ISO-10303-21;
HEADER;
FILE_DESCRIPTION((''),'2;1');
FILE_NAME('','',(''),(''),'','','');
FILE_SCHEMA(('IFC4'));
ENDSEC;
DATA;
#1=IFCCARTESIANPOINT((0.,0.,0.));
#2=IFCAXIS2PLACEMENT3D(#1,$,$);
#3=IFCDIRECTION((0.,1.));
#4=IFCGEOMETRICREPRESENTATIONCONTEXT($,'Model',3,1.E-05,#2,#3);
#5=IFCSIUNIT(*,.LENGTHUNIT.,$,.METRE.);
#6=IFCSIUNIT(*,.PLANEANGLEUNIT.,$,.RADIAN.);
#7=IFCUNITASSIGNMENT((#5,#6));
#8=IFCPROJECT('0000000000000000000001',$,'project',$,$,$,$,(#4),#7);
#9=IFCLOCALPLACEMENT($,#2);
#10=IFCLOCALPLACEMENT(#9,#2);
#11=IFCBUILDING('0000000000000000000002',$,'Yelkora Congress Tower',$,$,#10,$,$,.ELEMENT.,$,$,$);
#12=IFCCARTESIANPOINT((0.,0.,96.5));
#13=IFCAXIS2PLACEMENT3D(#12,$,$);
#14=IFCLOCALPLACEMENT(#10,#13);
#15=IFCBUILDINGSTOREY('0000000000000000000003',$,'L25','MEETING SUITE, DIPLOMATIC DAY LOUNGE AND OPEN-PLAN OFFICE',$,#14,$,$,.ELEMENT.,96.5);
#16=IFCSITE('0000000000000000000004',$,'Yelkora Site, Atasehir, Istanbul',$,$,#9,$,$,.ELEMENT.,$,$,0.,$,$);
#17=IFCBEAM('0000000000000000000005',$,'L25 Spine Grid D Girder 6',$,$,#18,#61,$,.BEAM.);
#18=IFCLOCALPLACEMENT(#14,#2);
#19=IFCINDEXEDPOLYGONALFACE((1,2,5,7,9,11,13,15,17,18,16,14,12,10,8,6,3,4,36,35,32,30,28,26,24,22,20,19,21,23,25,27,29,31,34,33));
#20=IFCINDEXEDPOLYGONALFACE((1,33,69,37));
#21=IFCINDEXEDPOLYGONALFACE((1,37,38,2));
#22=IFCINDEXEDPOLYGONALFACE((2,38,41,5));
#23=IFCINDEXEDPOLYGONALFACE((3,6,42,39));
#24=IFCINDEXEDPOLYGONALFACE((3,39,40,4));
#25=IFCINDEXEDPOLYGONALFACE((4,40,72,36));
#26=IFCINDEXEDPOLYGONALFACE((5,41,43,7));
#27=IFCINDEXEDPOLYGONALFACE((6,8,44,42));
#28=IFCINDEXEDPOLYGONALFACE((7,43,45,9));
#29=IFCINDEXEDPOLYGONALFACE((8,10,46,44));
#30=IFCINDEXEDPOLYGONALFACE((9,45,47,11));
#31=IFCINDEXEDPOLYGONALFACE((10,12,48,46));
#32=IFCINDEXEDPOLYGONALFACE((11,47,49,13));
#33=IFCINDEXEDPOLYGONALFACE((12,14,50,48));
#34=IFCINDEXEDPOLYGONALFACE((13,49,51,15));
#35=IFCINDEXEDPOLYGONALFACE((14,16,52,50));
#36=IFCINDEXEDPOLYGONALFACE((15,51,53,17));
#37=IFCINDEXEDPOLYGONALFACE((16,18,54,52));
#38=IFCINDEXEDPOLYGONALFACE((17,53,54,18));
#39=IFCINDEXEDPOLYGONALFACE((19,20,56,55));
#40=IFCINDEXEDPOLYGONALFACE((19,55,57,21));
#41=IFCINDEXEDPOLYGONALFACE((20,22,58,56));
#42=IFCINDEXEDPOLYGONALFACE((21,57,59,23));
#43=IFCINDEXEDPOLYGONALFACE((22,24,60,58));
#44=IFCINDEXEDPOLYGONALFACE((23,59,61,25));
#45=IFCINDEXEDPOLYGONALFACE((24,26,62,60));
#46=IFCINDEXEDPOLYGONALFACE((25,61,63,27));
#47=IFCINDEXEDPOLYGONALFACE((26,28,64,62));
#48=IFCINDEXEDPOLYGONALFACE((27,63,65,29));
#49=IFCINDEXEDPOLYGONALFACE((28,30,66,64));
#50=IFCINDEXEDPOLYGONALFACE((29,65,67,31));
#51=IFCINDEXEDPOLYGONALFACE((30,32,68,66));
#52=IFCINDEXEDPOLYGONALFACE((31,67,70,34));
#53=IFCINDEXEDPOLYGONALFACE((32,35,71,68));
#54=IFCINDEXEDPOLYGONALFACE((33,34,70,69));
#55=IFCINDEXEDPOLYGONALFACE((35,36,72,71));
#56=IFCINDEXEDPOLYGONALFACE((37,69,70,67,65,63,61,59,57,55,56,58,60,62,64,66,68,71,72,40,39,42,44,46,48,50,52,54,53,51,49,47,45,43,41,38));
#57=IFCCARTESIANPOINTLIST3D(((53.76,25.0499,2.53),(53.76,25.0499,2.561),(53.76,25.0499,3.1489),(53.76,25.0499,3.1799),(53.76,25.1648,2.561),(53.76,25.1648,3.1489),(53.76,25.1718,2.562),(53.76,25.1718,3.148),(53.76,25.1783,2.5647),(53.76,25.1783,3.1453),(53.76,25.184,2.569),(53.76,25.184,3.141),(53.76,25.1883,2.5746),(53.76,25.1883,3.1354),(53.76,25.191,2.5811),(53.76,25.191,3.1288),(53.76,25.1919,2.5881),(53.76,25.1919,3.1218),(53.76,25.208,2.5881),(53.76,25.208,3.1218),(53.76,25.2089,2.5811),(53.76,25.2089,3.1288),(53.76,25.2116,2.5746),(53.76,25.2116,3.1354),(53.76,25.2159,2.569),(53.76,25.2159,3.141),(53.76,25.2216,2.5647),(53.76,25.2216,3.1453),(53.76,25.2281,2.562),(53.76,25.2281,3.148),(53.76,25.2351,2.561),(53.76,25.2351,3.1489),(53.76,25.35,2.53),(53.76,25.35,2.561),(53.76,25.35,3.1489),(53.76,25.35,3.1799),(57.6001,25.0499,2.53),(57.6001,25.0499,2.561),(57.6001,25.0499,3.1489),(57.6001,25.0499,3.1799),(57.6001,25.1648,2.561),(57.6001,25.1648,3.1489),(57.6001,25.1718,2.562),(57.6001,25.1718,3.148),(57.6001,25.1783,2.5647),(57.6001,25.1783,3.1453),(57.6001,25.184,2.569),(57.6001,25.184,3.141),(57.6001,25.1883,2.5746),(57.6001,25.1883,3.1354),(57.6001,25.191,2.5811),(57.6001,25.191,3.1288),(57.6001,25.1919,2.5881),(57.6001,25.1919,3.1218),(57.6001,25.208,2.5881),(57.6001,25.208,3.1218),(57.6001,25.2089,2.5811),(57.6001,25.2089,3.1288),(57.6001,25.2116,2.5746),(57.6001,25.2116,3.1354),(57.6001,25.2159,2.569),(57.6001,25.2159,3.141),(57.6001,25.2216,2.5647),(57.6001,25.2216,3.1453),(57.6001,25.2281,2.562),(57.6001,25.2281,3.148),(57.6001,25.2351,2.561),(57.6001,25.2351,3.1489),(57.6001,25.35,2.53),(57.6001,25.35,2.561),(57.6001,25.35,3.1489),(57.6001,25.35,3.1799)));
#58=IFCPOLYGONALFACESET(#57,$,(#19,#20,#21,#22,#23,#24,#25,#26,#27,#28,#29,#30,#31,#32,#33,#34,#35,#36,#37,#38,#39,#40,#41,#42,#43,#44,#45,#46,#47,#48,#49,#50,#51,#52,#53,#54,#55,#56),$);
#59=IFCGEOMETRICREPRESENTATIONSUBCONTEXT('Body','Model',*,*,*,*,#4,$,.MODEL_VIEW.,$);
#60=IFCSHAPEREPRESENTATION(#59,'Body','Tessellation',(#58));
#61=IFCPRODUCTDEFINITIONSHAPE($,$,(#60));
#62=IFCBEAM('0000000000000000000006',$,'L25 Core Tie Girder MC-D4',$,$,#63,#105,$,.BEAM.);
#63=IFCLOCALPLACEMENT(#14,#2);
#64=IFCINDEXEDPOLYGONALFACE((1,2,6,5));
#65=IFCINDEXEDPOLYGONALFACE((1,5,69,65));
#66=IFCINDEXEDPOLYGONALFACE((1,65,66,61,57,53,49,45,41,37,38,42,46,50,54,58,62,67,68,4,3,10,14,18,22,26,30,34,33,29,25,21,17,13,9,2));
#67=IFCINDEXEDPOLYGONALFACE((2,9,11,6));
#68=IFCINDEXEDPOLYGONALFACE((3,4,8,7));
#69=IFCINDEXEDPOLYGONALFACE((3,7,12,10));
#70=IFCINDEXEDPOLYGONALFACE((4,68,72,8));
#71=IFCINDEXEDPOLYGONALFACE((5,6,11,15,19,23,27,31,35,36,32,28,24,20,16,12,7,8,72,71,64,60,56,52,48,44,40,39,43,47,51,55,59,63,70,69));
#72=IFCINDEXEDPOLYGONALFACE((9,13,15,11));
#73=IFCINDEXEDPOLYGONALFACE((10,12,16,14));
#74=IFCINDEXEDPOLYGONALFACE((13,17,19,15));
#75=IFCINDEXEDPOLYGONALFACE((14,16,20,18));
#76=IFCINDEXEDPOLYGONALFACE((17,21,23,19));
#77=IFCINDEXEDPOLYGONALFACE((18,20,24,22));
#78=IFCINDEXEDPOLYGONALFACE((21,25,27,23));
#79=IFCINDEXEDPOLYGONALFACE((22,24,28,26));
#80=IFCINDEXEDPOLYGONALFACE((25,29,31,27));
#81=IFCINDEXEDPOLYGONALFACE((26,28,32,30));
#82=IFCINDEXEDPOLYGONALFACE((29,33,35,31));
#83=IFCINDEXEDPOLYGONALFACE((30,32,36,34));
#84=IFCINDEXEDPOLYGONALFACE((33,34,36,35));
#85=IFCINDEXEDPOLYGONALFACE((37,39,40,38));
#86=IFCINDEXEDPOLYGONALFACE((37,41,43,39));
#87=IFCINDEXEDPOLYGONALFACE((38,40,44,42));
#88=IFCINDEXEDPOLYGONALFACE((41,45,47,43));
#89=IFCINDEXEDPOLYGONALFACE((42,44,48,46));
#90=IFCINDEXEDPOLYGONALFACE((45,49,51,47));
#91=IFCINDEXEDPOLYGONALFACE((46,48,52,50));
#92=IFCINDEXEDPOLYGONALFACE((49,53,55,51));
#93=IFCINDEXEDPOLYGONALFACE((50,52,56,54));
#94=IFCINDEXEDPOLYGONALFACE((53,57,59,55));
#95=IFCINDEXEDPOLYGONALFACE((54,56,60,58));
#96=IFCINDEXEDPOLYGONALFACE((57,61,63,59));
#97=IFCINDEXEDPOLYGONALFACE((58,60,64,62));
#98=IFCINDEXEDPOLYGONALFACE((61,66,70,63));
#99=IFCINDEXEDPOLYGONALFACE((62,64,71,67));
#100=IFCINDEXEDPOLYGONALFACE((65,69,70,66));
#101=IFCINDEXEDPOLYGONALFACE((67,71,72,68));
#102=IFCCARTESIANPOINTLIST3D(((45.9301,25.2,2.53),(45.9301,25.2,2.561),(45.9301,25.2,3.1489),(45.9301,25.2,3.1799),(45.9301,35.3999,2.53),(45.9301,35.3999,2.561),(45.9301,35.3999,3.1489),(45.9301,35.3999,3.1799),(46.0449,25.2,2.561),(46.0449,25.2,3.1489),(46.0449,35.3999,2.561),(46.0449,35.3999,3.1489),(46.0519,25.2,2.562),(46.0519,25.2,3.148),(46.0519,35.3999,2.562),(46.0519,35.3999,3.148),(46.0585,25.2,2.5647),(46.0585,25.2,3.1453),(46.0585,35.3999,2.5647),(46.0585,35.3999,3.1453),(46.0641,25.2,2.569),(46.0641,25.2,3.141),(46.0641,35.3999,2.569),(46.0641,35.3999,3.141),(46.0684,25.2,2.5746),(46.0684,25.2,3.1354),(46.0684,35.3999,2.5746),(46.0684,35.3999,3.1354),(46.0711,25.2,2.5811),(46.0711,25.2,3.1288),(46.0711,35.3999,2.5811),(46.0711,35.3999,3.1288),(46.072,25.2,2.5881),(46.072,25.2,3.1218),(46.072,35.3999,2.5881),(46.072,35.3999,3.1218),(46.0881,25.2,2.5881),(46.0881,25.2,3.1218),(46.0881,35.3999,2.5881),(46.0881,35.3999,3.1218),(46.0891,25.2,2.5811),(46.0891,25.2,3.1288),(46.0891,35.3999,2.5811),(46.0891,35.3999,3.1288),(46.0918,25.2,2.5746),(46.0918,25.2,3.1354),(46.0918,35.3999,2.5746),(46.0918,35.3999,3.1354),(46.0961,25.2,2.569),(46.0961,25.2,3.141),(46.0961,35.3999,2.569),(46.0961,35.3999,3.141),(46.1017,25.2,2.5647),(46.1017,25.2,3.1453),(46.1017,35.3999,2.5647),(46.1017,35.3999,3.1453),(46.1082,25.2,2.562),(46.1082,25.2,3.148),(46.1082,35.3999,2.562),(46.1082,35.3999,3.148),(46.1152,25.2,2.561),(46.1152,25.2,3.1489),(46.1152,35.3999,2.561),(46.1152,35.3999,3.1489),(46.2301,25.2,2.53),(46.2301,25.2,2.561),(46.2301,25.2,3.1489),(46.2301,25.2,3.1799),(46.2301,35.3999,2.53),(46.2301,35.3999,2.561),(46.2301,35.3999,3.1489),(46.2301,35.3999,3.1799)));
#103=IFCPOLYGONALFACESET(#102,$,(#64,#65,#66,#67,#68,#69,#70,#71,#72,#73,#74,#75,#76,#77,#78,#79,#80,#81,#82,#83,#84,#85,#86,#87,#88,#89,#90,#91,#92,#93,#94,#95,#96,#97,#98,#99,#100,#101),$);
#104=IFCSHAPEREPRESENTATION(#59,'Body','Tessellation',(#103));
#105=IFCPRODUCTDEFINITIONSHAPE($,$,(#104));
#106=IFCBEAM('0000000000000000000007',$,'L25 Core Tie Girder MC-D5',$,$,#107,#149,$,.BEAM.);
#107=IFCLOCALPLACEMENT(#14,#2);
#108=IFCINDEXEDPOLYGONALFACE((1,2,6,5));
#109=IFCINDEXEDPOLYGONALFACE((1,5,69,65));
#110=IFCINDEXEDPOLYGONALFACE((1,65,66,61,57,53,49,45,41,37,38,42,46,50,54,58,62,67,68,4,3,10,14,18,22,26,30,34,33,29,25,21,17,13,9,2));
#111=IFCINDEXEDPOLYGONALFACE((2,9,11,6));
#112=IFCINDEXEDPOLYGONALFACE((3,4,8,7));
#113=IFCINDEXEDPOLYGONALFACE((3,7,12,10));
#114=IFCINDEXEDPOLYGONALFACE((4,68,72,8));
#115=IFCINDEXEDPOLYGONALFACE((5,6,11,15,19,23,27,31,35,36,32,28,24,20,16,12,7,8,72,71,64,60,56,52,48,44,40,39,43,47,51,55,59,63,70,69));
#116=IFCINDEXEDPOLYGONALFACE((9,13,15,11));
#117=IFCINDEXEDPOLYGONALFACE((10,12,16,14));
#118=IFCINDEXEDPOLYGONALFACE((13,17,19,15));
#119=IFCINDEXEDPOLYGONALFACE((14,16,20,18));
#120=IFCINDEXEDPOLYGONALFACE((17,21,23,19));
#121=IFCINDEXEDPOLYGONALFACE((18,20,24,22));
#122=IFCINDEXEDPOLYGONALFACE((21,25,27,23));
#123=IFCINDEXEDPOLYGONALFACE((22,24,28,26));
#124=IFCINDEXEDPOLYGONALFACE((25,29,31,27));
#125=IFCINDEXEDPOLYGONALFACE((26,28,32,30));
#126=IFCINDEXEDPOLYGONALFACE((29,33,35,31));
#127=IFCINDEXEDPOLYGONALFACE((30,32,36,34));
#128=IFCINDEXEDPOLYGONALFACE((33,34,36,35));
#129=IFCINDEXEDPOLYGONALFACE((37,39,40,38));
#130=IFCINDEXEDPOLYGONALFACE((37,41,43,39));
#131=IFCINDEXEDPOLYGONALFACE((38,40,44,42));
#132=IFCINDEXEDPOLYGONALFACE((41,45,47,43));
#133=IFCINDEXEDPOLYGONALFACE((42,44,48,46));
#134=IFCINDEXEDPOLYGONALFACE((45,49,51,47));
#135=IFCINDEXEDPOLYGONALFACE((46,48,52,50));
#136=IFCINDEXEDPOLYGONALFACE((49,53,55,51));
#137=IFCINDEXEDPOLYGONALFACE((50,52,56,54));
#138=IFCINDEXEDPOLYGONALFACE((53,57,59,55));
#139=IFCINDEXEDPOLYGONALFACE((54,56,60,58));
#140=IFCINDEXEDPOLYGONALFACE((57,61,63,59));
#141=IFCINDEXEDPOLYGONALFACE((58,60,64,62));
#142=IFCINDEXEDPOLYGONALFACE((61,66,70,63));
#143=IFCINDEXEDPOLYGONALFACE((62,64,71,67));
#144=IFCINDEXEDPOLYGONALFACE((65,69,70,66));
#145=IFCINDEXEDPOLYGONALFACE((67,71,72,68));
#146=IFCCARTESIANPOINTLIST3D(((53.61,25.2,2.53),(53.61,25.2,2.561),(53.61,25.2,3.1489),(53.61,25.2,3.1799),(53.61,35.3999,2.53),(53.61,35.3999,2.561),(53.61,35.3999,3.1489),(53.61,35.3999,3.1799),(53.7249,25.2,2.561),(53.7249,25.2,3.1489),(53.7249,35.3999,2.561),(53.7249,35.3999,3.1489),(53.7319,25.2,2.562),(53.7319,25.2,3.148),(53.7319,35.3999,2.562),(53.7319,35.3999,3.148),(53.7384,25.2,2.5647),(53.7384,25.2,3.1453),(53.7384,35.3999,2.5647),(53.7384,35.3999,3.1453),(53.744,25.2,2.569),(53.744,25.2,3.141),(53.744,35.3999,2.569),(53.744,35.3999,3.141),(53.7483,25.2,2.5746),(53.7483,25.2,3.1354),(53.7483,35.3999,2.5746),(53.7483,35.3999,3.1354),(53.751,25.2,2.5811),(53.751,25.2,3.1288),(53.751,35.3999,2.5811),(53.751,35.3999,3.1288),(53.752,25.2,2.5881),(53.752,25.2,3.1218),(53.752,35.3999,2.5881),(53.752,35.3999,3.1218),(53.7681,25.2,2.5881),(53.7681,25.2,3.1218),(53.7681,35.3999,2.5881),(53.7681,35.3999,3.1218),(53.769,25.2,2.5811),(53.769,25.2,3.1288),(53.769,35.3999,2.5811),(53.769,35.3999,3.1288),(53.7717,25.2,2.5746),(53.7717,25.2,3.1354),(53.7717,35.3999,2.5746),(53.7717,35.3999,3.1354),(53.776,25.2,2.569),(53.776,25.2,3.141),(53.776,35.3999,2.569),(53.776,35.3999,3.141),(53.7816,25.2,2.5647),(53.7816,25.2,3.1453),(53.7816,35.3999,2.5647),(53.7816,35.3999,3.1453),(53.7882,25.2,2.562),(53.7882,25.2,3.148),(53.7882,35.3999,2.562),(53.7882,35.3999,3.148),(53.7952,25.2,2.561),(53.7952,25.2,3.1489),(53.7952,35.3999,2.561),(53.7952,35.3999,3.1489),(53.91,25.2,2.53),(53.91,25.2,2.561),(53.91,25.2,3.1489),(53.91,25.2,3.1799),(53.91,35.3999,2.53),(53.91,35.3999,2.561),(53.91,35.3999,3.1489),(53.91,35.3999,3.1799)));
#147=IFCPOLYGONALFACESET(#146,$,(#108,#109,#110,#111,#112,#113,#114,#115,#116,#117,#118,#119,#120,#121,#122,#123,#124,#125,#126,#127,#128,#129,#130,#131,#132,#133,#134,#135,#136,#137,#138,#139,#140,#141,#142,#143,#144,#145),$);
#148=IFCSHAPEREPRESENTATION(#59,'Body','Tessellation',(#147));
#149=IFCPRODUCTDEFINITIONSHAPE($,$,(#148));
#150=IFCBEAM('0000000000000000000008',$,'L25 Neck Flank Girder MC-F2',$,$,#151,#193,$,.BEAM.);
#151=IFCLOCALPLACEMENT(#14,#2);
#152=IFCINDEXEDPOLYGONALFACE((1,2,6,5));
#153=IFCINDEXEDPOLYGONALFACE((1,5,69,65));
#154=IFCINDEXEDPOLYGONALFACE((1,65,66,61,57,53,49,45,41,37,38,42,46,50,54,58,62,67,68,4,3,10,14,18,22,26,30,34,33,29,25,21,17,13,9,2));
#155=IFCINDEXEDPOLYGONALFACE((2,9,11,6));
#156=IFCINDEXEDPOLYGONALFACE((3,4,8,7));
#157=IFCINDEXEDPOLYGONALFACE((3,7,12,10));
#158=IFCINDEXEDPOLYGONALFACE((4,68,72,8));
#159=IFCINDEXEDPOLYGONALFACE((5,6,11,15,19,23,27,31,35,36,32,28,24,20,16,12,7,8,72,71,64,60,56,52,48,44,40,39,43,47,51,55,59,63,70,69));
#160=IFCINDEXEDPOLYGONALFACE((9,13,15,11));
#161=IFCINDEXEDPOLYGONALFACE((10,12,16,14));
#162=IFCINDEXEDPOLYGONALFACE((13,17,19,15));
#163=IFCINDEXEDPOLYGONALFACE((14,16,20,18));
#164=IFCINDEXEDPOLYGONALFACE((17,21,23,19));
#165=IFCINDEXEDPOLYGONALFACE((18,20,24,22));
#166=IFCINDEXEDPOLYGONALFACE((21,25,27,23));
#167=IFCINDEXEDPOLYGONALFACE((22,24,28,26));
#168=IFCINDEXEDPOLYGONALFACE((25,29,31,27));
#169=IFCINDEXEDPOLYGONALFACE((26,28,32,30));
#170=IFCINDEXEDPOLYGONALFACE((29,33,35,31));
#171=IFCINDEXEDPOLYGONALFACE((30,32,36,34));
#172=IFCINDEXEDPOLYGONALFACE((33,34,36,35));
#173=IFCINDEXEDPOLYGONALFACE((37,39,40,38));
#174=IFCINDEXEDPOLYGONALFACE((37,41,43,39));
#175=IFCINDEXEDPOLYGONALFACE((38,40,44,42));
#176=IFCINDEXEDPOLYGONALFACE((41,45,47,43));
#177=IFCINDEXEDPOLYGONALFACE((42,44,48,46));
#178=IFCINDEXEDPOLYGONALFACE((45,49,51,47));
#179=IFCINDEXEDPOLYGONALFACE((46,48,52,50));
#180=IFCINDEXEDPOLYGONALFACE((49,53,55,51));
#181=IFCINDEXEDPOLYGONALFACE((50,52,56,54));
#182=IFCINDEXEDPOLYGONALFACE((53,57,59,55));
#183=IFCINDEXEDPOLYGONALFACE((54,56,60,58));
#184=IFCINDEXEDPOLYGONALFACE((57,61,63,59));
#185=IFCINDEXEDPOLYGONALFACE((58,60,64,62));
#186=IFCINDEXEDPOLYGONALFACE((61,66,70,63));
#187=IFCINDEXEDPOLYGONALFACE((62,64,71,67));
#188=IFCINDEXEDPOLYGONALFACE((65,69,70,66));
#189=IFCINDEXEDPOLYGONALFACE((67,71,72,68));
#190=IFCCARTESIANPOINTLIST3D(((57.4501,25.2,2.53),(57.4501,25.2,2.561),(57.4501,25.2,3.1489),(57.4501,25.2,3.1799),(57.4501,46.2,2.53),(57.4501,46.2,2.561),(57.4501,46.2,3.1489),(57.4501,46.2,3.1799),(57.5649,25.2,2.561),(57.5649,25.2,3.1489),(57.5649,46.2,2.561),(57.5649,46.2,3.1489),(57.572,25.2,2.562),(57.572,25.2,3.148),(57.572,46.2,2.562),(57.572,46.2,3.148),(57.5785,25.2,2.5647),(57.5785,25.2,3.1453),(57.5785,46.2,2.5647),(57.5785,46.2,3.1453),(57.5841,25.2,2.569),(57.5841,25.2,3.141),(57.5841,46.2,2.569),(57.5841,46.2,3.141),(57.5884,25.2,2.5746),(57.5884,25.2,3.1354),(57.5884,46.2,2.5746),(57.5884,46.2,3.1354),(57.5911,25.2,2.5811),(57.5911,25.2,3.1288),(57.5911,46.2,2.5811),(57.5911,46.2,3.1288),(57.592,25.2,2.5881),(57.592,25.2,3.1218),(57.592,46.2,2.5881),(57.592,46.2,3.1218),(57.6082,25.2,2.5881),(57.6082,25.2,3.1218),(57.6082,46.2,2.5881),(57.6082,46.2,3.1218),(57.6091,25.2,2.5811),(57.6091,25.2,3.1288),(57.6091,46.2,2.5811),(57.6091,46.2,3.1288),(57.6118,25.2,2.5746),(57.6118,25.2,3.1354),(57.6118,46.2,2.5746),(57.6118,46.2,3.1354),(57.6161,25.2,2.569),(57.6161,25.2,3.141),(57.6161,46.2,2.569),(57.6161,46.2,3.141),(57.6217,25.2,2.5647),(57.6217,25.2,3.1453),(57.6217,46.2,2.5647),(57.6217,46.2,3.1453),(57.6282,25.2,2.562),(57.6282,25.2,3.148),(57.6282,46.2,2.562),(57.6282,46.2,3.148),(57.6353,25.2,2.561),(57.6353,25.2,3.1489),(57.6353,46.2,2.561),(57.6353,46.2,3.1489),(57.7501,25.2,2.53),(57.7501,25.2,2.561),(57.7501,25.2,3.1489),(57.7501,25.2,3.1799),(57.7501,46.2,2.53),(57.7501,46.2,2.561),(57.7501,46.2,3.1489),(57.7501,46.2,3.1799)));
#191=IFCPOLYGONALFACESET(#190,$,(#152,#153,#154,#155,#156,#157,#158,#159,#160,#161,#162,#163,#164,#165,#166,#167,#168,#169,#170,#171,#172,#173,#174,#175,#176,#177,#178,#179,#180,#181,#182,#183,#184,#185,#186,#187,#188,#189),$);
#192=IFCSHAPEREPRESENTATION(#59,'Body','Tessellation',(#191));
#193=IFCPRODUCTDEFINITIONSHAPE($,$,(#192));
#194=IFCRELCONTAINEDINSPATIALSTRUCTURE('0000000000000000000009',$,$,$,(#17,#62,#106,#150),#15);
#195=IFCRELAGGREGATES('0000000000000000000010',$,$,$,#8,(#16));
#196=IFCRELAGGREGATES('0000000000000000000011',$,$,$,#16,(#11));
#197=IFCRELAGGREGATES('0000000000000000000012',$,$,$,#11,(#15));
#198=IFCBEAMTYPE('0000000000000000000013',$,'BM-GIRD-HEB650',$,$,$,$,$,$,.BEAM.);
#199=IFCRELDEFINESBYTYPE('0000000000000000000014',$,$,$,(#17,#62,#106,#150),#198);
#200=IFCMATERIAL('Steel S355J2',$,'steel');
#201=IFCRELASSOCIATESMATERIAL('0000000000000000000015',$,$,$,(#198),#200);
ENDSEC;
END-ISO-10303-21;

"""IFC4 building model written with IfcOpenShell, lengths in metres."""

from ifc_helpers import new_model, si_unit, direction, frame, origin, origin_2d, place, context, subcontext, project, spatial, i_section, extrude, material, material_profile, profile_set, type_object, element, save


model = new_model("IFC4")

# Units and contexts
model_context = context("Model", 3, precision=1e-05, world=origin(), true_north=direction((0.0, 1.0)))
body_context = subcontext(model_context, "Body", "Model", "MODEL_VIEW")
ifc_project = project(units=[si_unit("LENGTHUNIT", "METRE"), si_unit("PLANEANGLEUNIT", "RADIAN")], contexts=[model_context])

# Site, building, storey
site_placement = place(None, origin())
site = spatial("IfcSite", under=ifc_project, at=site_placement, Name="Yelkora Site, Atasehir, Istanbul", CompositionType="ELEMENT", RefElevation=0.0)
building_placement = place(site_placement, origin())
building = spatial("IfcBuilding", under=site, at=building_placement, Name="Yelkora Congress Tower", CompositionType="ELEMENT")
storey_placement = place(building_placement, frame((0.0, 0.0, 96.5)))
storey = spatial("IfcBuildingStorey", under=building, at=storey_placement, Name="L25", Description="MEETING SUITE, DIPLOMATIC DAY LOUNGE AND OPEN-PLAN OFFICE", CompositionType="ELEMENT", Elevation=96.5)

# Beams
ifc_material_1 = material(Name="Steel S355J2", Category="steel")
ifc_material_profile_1 = material_profile(ifc_material_1, i_section(OverallWidth=0.3, OverallDepth=0.6499, WebThickness=0.0161, FlangeThickness=0.031, FilletRadius=0.0271, at=origin_2d()), Name="HEB 650")
ifc_profile_set_1 = profile_set([ifc_material_profile_1], Name="Steel S355J2")
beam_type_1 = type_object("IfcBeamType", Name="BM-GIRD-HEB650", PredefinedType="BEAM", material=ifc_profile_set_1)
beam_1_placement = place(storey_placement, frame((53.76, 25.2, 2.855), z_axis=(1.0, 0.0, 0.0), x_axis=(0.0, 1.0, 0.0)))
element("IfcBeam", 1, at=beam_1_placement, inside=storey, type_object=beam_type_1, Name="L25 Spine Grid D Girder 6", PredefinedType="BEAM", context=body_context, shape_type="SweptSolid", body=[
    extrude(i_section(OverallWidth=0.3, OverallDepth=0.6499, WebThickness=0.0161, FlangeThickness=0.031, FilletRadius=0.0271, at=origin_2d()), origin(), (0.0, 0.0, 1.0), 3.8401),
])
for number, where, z_axis, x_axis, name in (
    (2, (46.0801, 25.2, 2.855), (0.0, 1.0, 0.0), (-1.0, 0.0, 0.0), "L25 Core Tie Girder MC-D4"),
    (3, (53.76, 25.2, 2.855), (0.0, 1.0, 0.0), (-1.0, 0.0, 0.0), "L25 Core Tie Girder MC-D5"),
):
    element("IfcBeam", number, at=place(storey_placement, frame(where, z_axis=z_axis, x_axis=x_axis)), inside=storey, type_object=beam_type_1, Name=name, PredefinedType="BEAM", context=body_context, shape_type="SweptSolid", body=[
        extrude(i_section(OverallWidth=0.3, OverallDepth=0.6499, WebThickness=0.0161, FlangeThickness=0.031, FilletRadius=0.0271, at=origin_2d()), origin(), (0.0, 0.0, 1.0), 10.2),
    ])
beam_2_placement = place(storey_placement, frame((57.6001, 25.2, 2.855), z_axis=(0.0, 1.0, 0.0), x_axis=(-1.0, 0.0, 0.0)))
element("IfcBeam", 4, at=beam_2_placement, inside=storey, type_object=beam_type_1, Name="L25 Neck Flank Girder MC-F2", PredefinedType="BEAM", context=body_context, shape_type="SweptSolid", body=[
    extrude(i_section(OverallWidth=0.3, OverallDepth=0.6499, WebThickness=0.0161, FlangeThickness=0.031, FilletRadius=0.0271, at=origin_2d()), origin(), (0.0, 0.0, 1.0), 21.0),
])

save(model, "model.ifc")
